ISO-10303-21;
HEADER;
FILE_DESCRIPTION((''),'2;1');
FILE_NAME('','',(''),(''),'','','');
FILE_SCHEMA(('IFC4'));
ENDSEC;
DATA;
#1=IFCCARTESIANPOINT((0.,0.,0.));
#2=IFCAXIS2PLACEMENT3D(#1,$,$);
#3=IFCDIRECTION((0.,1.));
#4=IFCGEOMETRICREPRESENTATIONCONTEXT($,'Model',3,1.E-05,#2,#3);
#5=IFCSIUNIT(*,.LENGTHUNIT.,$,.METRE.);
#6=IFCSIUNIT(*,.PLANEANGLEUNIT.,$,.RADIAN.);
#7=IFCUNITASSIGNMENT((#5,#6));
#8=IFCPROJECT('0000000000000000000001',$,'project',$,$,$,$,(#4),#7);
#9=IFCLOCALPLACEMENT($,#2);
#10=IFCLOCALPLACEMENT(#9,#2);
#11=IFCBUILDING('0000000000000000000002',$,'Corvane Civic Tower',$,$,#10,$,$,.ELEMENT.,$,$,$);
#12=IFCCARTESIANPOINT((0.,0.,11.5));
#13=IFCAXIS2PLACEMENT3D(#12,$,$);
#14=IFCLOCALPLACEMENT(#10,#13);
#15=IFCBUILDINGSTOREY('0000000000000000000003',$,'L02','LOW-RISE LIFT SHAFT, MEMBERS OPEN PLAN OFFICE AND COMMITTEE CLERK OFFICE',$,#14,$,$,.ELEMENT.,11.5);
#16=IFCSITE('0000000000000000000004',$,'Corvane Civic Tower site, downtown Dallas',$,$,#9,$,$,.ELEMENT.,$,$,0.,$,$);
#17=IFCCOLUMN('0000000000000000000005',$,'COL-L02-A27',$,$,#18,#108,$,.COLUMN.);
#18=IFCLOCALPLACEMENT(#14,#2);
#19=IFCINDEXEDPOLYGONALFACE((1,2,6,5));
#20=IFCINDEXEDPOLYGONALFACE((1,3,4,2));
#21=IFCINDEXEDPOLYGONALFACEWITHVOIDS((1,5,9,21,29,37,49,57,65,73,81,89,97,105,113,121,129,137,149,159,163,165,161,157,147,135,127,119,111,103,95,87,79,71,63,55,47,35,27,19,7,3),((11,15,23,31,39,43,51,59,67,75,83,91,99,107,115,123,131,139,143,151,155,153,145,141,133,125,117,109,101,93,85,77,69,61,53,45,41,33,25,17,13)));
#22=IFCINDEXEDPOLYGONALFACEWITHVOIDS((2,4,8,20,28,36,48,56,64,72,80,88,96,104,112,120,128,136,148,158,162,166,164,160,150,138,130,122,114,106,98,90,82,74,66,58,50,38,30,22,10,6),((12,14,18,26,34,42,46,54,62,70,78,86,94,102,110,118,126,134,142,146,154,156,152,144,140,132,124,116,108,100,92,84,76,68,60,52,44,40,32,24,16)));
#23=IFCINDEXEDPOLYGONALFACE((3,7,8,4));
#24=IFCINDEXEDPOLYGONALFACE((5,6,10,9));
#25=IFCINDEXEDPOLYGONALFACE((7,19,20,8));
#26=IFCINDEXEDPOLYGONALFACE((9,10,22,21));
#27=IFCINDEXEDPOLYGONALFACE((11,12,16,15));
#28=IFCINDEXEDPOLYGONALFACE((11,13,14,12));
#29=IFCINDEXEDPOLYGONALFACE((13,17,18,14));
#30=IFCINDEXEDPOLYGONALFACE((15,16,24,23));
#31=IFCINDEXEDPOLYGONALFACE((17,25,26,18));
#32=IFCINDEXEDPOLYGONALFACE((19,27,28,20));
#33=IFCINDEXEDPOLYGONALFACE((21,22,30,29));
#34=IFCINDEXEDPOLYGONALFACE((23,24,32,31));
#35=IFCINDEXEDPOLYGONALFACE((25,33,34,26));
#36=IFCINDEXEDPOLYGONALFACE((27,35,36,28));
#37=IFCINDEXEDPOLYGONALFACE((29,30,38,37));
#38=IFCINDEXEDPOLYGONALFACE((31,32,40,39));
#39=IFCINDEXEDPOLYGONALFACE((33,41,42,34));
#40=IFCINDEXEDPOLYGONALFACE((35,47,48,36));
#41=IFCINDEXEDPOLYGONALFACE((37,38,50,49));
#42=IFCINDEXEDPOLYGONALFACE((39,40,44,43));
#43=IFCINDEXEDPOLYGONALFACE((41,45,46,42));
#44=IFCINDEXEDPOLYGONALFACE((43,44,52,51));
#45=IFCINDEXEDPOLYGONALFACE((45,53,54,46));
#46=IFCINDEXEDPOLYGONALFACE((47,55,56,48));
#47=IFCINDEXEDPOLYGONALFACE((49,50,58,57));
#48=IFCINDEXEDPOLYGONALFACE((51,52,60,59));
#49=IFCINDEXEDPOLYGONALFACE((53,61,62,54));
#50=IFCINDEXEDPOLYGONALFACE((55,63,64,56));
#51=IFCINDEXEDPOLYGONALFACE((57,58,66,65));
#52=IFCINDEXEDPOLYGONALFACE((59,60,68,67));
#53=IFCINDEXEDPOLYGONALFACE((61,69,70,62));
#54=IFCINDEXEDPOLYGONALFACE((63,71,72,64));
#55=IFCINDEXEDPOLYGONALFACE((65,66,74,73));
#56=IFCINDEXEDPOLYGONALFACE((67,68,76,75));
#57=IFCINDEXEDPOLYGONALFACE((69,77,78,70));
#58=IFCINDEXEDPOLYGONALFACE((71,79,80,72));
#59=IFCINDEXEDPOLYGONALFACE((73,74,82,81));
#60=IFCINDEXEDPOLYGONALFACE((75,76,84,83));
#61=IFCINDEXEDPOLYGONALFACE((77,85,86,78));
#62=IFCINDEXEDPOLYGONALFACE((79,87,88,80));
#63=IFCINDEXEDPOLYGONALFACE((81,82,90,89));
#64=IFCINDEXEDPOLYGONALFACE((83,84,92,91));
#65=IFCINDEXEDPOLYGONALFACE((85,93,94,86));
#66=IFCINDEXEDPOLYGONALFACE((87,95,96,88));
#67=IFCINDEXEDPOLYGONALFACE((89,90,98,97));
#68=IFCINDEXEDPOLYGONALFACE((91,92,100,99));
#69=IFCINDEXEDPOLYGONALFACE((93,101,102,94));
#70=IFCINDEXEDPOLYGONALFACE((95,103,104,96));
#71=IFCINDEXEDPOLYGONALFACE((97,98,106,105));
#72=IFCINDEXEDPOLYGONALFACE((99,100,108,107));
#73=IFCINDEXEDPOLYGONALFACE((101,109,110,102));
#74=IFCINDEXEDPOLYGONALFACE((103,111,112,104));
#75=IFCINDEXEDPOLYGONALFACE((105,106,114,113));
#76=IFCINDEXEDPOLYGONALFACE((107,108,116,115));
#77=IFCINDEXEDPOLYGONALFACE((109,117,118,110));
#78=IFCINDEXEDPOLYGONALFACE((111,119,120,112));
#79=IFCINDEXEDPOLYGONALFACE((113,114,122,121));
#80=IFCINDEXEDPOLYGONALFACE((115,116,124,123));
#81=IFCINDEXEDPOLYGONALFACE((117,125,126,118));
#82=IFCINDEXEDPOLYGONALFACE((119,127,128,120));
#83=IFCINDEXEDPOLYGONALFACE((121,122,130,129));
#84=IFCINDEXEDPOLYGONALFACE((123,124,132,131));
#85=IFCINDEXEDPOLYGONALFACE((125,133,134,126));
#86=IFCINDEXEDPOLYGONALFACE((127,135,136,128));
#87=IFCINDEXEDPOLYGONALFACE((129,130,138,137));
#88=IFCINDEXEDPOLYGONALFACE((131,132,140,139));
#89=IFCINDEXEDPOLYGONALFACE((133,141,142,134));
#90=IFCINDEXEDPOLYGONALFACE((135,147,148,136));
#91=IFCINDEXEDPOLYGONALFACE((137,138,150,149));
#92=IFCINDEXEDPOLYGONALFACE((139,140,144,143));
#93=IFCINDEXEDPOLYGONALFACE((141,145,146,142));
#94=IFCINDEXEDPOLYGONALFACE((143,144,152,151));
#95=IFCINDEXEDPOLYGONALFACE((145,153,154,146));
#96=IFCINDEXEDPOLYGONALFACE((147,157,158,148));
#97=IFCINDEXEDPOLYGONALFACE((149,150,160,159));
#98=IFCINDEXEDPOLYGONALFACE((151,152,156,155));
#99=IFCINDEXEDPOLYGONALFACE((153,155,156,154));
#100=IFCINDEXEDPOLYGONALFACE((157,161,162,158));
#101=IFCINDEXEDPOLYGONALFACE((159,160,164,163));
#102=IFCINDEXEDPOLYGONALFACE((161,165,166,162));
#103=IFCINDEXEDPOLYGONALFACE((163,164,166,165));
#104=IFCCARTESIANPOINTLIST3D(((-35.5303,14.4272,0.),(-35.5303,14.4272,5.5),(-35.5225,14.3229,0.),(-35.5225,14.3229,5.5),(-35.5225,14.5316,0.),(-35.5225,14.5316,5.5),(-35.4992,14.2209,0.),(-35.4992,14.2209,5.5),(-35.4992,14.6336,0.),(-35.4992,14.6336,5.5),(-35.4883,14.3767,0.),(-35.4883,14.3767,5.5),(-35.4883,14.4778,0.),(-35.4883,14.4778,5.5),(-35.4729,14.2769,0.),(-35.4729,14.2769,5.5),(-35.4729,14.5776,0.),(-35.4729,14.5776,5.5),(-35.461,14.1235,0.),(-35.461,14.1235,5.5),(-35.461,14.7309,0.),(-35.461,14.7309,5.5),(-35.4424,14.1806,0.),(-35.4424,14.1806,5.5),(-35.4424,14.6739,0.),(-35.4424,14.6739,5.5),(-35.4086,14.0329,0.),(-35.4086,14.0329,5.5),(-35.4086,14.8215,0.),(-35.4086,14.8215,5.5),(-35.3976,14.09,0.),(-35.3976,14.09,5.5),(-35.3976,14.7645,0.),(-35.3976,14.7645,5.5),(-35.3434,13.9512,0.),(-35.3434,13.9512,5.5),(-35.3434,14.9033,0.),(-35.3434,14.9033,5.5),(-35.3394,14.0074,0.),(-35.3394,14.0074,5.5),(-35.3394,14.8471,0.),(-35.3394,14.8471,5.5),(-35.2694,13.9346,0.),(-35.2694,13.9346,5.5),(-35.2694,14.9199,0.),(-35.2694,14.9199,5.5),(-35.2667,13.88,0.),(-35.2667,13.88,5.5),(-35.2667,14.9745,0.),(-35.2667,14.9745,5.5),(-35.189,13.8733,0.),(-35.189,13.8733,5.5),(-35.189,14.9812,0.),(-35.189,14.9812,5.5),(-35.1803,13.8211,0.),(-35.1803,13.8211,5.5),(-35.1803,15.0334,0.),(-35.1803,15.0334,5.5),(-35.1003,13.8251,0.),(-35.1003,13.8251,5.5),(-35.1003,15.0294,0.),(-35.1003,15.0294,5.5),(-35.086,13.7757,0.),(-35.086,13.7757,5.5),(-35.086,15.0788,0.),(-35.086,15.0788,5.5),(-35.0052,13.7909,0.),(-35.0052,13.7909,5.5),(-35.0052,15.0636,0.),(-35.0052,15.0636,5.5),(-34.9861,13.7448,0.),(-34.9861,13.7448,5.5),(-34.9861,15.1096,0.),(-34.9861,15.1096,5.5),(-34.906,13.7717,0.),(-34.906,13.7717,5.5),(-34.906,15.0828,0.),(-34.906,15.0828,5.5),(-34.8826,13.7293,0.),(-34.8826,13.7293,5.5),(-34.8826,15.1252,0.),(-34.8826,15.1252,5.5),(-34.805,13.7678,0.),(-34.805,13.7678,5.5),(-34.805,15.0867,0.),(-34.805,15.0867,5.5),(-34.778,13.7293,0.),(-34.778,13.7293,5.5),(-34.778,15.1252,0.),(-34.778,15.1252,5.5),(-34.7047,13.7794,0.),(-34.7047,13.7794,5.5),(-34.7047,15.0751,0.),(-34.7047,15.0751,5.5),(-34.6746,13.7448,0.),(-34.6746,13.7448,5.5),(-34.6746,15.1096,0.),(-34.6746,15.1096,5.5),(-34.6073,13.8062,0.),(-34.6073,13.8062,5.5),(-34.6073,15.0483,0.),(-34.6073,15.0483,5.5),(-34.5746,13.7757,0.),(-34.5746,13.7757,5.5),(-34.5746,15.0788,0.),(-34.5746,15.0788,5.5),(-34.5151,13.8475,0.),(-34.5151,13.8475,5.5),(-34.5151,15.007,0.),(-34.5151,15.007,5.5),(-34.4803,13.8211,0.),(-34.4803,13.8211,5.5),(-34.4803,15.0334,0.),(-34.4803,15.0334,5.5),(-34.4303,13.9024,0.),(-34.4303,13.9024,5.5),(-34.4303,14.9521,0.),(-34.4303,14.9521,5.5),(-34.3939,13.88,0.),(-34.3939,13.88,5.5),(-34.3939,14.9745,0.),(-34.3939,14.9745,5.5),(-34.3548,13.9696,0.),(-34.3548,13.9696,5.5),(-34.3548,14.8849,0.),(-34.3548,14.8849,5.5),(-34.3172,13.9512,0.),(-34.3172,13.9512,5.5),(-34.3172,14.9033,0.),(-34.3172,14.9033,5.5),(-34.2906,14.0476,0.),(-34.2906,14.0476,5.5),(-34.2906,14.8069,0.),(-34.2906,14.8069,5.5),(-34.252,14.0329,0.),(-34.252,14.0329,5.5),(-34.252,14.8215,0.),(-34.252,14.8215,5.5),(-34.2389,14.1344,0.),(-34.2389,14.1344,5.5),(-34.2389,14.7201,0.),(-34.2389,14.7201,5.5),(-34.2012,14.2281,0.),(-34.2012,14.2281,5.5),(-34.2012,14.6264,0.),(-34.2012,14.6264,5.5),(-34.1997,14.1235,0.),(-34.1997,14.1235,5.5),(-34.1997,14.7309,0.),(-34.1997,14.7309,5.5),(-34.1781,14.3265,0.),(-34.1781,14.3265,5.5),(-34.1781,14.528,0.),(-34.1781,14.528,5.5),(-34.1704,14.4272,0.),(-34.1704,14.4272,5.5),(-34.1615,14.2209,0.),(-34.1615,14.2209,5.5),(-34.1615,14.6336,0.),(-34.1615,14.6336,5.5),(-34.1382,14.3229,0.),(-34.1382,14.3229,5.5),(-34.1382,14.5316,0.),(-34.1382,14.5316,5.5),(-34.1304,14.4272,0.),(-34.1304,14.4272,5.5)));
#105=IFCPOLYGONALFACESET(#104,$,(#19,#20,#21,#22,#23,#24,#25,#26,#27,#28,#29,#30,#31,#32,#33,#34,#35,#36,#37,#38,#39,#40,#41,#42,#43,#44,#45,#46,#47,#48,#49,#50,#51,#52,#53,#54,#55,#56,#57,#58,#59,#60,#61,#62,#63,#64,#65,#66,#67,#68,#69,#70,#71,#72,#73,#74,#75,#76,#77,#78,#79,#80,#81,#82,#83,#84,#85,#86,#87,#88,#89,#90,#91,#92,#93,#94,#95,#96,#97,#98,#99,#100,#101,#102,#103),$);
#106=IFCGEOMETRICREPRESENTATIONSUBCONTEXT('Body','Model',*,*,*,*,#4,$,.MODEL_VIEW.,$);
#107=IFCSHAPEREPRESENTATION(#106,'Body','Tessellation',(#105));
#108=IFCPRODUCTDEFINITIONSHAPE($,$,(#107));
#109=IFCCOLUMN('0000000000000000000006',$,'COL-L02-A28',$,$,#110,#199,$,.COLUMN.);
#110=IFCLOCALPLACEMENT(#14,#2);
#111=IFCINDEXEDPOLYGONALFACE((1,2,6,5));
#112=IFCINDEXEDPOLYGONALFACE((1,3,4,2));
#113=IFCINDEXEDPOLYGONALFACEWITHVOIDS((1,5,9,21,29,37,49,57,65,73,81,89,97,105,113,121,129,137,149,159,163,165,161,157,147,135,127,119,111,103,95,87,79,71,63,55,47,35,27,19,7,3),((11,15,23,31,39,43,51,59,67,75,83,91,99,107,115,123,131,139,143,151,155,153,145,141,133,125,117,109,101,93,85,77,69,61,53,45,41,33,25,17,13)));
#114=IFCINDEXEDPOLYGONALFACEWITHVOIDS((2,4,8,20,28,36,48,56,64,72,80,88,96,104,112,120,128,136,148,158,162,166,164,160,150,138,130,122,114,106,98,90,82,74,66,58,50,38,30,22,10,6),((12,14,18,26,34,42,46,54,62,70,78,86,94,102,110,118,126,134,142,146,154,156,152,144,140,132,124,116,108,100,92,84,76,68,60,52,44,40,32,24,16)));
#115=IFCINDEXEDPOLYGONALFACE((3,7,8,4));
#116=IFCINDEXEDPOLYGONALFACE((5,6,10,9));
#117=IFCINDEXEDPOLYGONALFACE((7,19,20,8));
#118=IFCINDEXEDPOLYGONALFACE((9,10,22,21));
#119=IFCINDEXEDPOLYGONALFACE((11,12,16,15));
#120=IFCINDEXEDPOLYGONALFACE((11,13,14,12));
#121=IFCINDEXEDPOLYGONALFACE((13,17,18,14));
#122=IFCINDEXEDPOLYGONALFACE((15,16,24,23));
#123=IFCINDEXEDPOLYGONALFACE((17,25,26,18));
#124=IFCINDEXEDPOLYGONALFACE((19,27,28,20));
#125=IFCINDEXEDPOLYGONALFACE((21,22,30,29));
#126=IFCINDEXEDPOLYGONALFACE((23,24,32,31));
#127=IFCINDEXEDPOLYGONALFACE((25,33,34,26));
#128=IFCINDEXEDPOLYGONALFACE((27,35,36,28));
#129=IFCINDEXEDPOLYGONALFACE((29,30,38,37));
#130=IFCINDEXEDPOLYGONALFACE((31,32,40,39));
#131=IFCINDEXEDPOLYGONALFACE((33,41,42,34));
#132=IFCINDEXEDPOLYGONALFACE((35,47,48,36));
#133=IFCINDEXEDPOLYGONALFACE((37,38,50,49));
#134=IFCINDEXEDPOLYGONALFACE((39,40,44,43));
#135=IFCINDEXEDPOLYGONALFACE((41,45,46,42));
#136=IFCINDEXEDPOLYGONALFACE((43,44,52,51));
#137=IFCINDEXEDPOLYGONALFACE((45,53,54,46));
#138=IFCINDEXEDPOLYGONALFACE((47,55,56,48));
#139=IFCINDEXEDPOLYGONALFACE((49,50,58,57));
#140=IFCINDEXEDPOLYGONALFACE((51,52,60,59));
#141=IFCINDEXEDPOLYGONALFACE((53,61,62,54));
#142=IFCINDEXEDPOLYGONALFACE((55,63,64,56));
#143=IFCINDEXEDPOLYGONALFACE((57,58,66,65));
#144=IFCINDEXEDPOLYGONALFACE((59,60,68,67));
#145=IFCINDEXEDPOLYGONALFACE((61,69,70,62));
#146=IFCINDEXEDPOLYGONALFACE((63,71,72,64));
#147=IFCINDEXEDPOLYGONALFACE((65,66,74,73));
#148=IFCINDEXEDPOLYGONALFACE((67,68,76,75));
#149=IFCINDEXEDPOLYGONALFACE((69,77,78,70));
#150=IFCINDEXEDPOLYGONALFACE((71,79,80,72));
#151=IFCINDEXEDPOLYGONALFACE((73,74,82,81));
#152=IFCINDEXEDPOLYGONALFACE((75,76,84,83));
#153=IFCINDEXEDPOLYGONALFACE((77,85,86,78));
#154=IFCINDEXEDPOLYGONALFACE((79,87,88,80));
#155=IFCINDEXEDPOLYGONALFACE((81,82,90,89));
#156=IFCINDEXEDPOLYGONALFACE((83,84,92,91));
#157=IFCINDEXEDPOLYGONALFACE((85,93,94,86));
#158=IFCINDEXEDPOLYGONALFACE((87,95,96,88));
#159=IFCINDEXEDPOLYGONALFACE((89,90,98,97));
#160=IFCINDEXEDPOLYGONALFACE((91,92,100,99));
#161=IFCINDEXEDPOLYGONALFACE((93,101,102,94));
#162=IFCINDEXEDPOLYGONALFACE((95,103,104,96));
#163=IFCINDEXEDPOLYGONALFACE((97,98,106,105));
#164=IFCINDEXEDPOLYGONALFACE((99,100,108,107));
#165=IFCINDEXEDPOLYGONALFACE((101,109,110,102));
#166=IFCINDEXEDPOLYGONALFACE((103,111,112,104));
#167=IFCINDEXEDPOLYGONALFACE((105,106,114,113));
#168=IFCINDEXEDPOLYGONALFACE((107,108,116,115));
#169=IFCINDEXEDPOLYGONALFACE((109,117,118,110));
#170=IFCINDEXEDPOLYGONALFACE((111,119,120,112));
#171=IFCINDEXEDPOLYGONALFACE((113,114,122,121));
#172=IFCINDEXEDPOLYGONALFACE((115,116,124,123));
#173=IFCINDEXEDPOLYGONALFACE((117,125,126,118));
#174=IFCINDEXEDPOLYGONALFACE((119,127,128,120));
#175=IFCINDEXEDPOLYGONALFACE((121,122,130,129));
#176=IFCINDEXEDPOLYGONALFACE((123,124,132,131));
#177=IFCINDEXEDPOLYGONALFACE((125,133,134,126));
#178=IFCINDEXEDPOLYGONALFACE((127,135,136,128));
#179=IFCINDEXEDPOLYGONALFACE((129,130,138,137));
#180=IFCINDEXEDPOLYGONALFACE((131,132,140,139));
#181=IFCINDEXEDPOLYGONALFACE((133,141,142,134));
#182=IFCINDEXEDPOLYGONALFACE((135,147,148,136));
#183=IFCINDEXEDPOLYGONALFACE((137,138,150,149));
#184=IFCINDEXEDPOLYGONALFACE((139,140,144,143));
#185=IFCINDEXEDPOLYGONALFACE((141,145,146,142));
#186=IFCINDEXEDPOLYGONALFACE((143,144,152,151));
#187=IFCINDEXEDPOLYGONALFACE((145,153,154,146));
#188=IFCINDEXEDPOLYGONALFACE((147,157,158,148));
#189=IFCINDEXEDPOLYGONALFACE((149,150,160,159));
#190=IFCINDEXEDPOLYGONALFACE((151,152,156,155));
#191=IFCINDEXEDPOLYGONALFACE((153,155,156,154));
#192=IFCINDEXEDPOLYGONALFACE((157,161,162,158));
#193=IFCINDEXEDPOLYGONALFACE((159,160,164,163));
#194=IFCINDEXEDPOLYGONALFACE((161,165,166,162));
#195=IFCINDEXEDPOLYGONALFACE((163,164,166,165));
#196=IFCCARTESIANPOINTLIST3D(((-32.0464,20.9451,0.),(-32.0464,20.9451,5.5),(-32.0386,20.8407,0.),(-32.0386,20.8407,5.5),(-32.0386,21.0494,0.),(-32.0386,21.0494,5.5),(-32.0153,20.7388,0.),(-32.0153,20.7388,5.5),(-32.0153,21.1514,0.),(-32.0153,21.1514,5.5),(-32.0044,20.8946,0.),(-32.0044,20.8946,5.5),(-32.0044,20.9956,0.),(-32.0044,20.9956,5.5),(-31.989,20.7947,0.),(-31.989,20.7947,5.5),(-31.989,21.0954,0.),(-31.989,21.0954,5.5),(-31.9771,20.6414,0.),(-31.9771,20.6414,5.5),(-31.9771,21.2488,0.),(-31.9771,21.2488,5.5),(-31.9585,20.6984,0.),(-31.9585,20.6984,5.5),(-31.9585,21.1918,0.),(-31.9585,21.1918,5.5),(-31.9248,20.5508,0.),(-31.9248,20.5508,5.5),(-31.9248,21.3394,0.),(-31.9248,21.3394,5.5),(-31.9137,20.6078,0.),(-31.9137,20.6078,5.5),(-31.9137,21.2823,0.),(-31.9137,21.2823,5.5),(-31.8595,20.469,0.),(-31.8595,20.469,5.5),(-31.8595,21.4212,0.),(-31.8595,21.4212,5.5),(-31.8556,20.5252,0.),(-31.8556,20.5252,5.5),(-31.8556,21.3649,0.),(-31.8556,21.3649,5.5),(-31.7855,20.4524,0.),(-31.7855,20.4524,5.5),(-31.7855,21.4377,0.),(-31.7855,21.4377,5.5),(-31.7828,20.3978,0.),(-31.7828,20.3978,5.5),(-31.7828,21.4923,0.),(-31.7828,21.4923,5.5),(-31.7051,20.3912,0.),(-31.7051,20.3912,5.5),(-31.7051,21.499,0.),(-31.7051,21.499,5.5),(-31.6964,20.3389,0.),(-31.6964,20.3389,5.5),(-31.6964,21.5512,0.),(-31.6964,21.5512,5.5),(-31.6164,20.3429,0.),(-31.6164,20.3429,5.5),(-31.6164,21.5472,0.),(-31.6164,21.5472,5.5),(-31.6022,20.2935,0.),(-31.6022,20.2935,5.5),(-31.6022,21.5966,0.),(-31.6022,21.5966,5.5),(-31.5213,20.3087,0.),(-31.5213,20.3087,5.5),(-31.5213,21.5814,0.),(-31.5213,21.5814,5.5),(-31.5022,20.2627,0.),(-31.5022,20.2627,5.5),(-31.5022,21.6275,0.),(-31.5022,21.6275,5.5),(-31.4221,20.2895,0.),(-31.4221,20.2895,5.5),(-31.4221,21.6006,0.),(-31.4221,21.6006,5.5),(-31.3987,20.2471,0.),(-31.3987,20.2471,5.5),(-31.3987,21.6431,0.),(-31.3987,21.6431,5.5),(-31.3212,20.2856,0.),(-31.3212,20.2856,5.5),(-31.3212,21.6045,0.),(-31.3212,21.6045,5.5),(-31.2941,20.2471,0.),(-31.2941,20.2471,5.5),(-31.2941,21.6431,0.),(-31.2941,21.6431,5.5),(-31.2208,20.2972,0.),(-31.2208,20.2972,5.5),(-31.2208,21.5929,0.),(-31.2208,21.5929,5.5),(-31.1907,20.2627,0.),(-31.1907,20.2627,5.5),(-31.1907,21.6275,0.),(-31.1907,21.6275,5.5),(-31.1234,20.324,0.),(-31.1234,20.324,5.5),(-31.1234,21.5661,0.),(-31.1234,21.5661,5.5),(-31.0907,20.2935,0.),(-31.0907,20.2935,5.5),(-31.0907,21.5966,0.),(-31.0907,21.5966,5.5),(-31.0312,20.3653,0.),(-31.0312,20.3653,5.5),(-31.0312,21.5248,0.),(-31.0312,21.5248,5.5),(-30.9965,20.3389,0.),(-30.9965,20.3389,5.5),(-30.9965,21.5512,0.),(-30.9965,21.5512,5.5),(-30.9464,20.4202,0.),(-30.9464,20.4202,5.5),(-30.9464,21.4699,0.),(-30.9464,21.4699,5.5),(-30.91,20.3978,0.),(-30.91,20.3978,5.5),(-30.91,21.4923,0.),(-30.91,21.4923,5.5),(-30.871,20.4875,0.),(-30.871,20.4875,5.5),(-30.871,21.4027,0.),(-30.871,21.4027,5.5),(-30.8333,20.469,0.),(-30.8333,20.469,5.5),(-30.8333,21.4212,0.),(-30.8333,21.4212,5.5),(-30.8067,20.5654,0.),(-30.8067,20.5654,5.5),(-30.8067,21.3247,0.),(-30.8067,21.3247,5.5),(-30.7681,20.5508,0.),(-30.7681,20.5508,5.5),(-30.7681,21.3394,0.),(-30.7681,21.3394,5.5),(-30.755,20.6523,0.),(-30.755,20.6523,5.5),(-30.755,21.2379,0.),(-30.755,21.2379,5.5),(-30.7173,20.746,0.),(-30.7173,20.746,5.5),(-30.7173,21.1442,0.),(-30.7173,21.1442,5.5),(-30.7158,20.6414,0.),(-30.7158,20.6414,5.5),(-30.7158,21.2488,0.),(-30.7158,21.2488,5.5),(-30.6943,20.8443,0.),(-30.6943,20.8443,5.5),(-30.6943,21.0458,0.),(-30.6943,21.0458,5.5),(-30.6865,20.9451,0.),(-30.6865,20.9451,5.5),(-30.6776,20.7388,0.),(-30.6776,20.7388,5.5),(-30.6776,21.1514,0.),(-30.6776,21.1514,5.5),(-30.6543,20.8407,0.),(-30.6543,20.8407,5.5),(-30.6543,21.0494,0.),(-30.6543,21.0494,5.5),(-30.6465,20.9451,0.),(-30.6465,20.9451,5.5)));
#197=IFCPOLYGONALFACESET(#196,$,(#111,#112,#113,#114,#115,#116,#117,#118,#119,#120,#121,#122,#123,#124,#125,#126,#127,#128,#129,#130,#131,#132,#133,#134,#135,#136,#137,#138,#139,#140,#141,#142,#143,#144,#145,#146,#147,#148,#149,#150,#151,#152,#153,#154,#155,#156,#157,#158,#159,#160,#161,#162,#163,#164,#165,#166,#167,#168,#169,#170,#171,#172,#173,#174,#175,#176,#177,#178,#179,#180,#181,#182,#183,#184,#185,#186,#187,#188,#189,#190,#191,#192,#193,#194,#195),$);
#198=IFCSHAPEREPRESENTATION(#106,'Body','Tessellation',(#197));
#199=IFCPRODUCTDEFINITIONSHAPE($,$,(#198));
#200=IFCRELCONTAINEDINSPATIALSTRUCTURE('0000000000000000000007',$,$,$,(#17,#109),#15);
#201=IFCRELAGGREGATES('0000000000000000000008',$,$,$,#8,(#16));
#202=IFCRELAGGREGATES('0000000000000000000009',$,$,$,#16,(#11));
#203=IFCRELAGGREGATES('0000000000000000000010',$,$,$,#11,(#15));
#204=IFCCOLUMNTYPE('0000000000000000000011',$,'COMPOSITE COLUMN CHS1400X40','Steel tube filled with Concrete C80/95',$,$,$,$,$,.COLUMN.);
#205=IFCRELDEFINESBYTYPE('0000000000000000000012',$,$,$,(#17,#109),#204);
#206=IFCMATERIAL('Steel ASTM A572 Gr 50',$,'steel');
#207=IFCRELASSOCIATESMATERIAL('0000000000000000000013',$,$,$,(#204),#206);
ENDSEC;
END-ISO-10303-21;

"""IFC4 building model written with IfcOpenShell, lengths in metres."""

from ifc_helpers import new_model, si_unit, direction, frame, origin, origin_2d, place, context, subcontext, project, spatial, hollow_circle, extrude, material, material_profile, profile_set, type_object, element, save


model = new_model("IFC4")

# Units and contexts
model_context = context("Model", 3, precision=1e-05, world=origin(), true_north=direction((0.0, 1.0)))
body_context = subcontext(model_context, "Body", "Model", "MODEL_VIEW")
ifc_project = project(units=[si_unit("LENGTHUNIT", "METRE"), si_unit("PLANEANGLEUNIT", "RADIAN")], contexts=[model_context])

# Site, building, storey
site_placement = place(None, origin())
site = spatial("IfcSite", under=ifc_project, at=site_placement, Name="Corvane Civic Tower site, downtown Dallas", CompositionType="ELEMENT", RefElevation=0.0)
building_placement = place(site_placement, origin())
building = spatial("IfcBuilding", under=site, at=building_placement, Name="Corvane Civic Tower", CompositionType="ELEMENT")
storey_placement = place(building_placement, frame((0.0, 0.0, 11.5)))
storey = spatial("IfcBuildingStorey", under=building, at=storey_placement, Name="L02", Description="LOW-RISE LIFT SHAFT, MEMBERS OPEN PLAN OFFICE AND COMMITTEE CLERK OFFICE", CompositionType="ELEMENT", Elevation=11.5)

# Columns
ifc_material_1 = material(Name="Steel ASTM A572 Gr 50", Category="steel")
ifc_material_profile_1 = material_profile(ifc_material_1, hollow_circle(Radius=0.7, WallThickness=0.04, at=origin_2d()), Name="CHS1400X40")
ifc_profile_set_1 = profile_set([ifc_material_profile_1], Name="Steel ASTM A572 Gr 50")
column_type = type_object("IfcColumnType", Name="COMPOSITE COLUMN CHS1400X40", Description="Steel tube filled with Concrete C80/95", PredefinedType="COLUMN", material=ifc_profile_set_1)
for number, where, z_axis, x_axis, name in (
    (1, (-34.8303, 14.4272, 0.0), (0.0, 0.0, 1.0), (1.0, 0.0, 0.0), "COL-L02-A27"),
    (2, (-31.3464, 20.9451, 0.0), (0.0, 0.0, 1.0), (1.0, 0.0, 0.0), "COL-L02-A28"),
):
    element("IfcColumn", number, at=place(storey_placement, frame(where, z_axis=z_axis, x_axis=x_axis)), inside=storey, type_object=column_type, Name=name, PredefinedType="COLUMN", context=body_context, shape_type="SweptSolid", body=[
        extrude(hollow_circle(Radius=0.7, WallThickness=0.04, at=origin_2d()), origin(), (0.0, 0.0, 1.0), 5.5),
    ])

save(model, "model.ifc")
